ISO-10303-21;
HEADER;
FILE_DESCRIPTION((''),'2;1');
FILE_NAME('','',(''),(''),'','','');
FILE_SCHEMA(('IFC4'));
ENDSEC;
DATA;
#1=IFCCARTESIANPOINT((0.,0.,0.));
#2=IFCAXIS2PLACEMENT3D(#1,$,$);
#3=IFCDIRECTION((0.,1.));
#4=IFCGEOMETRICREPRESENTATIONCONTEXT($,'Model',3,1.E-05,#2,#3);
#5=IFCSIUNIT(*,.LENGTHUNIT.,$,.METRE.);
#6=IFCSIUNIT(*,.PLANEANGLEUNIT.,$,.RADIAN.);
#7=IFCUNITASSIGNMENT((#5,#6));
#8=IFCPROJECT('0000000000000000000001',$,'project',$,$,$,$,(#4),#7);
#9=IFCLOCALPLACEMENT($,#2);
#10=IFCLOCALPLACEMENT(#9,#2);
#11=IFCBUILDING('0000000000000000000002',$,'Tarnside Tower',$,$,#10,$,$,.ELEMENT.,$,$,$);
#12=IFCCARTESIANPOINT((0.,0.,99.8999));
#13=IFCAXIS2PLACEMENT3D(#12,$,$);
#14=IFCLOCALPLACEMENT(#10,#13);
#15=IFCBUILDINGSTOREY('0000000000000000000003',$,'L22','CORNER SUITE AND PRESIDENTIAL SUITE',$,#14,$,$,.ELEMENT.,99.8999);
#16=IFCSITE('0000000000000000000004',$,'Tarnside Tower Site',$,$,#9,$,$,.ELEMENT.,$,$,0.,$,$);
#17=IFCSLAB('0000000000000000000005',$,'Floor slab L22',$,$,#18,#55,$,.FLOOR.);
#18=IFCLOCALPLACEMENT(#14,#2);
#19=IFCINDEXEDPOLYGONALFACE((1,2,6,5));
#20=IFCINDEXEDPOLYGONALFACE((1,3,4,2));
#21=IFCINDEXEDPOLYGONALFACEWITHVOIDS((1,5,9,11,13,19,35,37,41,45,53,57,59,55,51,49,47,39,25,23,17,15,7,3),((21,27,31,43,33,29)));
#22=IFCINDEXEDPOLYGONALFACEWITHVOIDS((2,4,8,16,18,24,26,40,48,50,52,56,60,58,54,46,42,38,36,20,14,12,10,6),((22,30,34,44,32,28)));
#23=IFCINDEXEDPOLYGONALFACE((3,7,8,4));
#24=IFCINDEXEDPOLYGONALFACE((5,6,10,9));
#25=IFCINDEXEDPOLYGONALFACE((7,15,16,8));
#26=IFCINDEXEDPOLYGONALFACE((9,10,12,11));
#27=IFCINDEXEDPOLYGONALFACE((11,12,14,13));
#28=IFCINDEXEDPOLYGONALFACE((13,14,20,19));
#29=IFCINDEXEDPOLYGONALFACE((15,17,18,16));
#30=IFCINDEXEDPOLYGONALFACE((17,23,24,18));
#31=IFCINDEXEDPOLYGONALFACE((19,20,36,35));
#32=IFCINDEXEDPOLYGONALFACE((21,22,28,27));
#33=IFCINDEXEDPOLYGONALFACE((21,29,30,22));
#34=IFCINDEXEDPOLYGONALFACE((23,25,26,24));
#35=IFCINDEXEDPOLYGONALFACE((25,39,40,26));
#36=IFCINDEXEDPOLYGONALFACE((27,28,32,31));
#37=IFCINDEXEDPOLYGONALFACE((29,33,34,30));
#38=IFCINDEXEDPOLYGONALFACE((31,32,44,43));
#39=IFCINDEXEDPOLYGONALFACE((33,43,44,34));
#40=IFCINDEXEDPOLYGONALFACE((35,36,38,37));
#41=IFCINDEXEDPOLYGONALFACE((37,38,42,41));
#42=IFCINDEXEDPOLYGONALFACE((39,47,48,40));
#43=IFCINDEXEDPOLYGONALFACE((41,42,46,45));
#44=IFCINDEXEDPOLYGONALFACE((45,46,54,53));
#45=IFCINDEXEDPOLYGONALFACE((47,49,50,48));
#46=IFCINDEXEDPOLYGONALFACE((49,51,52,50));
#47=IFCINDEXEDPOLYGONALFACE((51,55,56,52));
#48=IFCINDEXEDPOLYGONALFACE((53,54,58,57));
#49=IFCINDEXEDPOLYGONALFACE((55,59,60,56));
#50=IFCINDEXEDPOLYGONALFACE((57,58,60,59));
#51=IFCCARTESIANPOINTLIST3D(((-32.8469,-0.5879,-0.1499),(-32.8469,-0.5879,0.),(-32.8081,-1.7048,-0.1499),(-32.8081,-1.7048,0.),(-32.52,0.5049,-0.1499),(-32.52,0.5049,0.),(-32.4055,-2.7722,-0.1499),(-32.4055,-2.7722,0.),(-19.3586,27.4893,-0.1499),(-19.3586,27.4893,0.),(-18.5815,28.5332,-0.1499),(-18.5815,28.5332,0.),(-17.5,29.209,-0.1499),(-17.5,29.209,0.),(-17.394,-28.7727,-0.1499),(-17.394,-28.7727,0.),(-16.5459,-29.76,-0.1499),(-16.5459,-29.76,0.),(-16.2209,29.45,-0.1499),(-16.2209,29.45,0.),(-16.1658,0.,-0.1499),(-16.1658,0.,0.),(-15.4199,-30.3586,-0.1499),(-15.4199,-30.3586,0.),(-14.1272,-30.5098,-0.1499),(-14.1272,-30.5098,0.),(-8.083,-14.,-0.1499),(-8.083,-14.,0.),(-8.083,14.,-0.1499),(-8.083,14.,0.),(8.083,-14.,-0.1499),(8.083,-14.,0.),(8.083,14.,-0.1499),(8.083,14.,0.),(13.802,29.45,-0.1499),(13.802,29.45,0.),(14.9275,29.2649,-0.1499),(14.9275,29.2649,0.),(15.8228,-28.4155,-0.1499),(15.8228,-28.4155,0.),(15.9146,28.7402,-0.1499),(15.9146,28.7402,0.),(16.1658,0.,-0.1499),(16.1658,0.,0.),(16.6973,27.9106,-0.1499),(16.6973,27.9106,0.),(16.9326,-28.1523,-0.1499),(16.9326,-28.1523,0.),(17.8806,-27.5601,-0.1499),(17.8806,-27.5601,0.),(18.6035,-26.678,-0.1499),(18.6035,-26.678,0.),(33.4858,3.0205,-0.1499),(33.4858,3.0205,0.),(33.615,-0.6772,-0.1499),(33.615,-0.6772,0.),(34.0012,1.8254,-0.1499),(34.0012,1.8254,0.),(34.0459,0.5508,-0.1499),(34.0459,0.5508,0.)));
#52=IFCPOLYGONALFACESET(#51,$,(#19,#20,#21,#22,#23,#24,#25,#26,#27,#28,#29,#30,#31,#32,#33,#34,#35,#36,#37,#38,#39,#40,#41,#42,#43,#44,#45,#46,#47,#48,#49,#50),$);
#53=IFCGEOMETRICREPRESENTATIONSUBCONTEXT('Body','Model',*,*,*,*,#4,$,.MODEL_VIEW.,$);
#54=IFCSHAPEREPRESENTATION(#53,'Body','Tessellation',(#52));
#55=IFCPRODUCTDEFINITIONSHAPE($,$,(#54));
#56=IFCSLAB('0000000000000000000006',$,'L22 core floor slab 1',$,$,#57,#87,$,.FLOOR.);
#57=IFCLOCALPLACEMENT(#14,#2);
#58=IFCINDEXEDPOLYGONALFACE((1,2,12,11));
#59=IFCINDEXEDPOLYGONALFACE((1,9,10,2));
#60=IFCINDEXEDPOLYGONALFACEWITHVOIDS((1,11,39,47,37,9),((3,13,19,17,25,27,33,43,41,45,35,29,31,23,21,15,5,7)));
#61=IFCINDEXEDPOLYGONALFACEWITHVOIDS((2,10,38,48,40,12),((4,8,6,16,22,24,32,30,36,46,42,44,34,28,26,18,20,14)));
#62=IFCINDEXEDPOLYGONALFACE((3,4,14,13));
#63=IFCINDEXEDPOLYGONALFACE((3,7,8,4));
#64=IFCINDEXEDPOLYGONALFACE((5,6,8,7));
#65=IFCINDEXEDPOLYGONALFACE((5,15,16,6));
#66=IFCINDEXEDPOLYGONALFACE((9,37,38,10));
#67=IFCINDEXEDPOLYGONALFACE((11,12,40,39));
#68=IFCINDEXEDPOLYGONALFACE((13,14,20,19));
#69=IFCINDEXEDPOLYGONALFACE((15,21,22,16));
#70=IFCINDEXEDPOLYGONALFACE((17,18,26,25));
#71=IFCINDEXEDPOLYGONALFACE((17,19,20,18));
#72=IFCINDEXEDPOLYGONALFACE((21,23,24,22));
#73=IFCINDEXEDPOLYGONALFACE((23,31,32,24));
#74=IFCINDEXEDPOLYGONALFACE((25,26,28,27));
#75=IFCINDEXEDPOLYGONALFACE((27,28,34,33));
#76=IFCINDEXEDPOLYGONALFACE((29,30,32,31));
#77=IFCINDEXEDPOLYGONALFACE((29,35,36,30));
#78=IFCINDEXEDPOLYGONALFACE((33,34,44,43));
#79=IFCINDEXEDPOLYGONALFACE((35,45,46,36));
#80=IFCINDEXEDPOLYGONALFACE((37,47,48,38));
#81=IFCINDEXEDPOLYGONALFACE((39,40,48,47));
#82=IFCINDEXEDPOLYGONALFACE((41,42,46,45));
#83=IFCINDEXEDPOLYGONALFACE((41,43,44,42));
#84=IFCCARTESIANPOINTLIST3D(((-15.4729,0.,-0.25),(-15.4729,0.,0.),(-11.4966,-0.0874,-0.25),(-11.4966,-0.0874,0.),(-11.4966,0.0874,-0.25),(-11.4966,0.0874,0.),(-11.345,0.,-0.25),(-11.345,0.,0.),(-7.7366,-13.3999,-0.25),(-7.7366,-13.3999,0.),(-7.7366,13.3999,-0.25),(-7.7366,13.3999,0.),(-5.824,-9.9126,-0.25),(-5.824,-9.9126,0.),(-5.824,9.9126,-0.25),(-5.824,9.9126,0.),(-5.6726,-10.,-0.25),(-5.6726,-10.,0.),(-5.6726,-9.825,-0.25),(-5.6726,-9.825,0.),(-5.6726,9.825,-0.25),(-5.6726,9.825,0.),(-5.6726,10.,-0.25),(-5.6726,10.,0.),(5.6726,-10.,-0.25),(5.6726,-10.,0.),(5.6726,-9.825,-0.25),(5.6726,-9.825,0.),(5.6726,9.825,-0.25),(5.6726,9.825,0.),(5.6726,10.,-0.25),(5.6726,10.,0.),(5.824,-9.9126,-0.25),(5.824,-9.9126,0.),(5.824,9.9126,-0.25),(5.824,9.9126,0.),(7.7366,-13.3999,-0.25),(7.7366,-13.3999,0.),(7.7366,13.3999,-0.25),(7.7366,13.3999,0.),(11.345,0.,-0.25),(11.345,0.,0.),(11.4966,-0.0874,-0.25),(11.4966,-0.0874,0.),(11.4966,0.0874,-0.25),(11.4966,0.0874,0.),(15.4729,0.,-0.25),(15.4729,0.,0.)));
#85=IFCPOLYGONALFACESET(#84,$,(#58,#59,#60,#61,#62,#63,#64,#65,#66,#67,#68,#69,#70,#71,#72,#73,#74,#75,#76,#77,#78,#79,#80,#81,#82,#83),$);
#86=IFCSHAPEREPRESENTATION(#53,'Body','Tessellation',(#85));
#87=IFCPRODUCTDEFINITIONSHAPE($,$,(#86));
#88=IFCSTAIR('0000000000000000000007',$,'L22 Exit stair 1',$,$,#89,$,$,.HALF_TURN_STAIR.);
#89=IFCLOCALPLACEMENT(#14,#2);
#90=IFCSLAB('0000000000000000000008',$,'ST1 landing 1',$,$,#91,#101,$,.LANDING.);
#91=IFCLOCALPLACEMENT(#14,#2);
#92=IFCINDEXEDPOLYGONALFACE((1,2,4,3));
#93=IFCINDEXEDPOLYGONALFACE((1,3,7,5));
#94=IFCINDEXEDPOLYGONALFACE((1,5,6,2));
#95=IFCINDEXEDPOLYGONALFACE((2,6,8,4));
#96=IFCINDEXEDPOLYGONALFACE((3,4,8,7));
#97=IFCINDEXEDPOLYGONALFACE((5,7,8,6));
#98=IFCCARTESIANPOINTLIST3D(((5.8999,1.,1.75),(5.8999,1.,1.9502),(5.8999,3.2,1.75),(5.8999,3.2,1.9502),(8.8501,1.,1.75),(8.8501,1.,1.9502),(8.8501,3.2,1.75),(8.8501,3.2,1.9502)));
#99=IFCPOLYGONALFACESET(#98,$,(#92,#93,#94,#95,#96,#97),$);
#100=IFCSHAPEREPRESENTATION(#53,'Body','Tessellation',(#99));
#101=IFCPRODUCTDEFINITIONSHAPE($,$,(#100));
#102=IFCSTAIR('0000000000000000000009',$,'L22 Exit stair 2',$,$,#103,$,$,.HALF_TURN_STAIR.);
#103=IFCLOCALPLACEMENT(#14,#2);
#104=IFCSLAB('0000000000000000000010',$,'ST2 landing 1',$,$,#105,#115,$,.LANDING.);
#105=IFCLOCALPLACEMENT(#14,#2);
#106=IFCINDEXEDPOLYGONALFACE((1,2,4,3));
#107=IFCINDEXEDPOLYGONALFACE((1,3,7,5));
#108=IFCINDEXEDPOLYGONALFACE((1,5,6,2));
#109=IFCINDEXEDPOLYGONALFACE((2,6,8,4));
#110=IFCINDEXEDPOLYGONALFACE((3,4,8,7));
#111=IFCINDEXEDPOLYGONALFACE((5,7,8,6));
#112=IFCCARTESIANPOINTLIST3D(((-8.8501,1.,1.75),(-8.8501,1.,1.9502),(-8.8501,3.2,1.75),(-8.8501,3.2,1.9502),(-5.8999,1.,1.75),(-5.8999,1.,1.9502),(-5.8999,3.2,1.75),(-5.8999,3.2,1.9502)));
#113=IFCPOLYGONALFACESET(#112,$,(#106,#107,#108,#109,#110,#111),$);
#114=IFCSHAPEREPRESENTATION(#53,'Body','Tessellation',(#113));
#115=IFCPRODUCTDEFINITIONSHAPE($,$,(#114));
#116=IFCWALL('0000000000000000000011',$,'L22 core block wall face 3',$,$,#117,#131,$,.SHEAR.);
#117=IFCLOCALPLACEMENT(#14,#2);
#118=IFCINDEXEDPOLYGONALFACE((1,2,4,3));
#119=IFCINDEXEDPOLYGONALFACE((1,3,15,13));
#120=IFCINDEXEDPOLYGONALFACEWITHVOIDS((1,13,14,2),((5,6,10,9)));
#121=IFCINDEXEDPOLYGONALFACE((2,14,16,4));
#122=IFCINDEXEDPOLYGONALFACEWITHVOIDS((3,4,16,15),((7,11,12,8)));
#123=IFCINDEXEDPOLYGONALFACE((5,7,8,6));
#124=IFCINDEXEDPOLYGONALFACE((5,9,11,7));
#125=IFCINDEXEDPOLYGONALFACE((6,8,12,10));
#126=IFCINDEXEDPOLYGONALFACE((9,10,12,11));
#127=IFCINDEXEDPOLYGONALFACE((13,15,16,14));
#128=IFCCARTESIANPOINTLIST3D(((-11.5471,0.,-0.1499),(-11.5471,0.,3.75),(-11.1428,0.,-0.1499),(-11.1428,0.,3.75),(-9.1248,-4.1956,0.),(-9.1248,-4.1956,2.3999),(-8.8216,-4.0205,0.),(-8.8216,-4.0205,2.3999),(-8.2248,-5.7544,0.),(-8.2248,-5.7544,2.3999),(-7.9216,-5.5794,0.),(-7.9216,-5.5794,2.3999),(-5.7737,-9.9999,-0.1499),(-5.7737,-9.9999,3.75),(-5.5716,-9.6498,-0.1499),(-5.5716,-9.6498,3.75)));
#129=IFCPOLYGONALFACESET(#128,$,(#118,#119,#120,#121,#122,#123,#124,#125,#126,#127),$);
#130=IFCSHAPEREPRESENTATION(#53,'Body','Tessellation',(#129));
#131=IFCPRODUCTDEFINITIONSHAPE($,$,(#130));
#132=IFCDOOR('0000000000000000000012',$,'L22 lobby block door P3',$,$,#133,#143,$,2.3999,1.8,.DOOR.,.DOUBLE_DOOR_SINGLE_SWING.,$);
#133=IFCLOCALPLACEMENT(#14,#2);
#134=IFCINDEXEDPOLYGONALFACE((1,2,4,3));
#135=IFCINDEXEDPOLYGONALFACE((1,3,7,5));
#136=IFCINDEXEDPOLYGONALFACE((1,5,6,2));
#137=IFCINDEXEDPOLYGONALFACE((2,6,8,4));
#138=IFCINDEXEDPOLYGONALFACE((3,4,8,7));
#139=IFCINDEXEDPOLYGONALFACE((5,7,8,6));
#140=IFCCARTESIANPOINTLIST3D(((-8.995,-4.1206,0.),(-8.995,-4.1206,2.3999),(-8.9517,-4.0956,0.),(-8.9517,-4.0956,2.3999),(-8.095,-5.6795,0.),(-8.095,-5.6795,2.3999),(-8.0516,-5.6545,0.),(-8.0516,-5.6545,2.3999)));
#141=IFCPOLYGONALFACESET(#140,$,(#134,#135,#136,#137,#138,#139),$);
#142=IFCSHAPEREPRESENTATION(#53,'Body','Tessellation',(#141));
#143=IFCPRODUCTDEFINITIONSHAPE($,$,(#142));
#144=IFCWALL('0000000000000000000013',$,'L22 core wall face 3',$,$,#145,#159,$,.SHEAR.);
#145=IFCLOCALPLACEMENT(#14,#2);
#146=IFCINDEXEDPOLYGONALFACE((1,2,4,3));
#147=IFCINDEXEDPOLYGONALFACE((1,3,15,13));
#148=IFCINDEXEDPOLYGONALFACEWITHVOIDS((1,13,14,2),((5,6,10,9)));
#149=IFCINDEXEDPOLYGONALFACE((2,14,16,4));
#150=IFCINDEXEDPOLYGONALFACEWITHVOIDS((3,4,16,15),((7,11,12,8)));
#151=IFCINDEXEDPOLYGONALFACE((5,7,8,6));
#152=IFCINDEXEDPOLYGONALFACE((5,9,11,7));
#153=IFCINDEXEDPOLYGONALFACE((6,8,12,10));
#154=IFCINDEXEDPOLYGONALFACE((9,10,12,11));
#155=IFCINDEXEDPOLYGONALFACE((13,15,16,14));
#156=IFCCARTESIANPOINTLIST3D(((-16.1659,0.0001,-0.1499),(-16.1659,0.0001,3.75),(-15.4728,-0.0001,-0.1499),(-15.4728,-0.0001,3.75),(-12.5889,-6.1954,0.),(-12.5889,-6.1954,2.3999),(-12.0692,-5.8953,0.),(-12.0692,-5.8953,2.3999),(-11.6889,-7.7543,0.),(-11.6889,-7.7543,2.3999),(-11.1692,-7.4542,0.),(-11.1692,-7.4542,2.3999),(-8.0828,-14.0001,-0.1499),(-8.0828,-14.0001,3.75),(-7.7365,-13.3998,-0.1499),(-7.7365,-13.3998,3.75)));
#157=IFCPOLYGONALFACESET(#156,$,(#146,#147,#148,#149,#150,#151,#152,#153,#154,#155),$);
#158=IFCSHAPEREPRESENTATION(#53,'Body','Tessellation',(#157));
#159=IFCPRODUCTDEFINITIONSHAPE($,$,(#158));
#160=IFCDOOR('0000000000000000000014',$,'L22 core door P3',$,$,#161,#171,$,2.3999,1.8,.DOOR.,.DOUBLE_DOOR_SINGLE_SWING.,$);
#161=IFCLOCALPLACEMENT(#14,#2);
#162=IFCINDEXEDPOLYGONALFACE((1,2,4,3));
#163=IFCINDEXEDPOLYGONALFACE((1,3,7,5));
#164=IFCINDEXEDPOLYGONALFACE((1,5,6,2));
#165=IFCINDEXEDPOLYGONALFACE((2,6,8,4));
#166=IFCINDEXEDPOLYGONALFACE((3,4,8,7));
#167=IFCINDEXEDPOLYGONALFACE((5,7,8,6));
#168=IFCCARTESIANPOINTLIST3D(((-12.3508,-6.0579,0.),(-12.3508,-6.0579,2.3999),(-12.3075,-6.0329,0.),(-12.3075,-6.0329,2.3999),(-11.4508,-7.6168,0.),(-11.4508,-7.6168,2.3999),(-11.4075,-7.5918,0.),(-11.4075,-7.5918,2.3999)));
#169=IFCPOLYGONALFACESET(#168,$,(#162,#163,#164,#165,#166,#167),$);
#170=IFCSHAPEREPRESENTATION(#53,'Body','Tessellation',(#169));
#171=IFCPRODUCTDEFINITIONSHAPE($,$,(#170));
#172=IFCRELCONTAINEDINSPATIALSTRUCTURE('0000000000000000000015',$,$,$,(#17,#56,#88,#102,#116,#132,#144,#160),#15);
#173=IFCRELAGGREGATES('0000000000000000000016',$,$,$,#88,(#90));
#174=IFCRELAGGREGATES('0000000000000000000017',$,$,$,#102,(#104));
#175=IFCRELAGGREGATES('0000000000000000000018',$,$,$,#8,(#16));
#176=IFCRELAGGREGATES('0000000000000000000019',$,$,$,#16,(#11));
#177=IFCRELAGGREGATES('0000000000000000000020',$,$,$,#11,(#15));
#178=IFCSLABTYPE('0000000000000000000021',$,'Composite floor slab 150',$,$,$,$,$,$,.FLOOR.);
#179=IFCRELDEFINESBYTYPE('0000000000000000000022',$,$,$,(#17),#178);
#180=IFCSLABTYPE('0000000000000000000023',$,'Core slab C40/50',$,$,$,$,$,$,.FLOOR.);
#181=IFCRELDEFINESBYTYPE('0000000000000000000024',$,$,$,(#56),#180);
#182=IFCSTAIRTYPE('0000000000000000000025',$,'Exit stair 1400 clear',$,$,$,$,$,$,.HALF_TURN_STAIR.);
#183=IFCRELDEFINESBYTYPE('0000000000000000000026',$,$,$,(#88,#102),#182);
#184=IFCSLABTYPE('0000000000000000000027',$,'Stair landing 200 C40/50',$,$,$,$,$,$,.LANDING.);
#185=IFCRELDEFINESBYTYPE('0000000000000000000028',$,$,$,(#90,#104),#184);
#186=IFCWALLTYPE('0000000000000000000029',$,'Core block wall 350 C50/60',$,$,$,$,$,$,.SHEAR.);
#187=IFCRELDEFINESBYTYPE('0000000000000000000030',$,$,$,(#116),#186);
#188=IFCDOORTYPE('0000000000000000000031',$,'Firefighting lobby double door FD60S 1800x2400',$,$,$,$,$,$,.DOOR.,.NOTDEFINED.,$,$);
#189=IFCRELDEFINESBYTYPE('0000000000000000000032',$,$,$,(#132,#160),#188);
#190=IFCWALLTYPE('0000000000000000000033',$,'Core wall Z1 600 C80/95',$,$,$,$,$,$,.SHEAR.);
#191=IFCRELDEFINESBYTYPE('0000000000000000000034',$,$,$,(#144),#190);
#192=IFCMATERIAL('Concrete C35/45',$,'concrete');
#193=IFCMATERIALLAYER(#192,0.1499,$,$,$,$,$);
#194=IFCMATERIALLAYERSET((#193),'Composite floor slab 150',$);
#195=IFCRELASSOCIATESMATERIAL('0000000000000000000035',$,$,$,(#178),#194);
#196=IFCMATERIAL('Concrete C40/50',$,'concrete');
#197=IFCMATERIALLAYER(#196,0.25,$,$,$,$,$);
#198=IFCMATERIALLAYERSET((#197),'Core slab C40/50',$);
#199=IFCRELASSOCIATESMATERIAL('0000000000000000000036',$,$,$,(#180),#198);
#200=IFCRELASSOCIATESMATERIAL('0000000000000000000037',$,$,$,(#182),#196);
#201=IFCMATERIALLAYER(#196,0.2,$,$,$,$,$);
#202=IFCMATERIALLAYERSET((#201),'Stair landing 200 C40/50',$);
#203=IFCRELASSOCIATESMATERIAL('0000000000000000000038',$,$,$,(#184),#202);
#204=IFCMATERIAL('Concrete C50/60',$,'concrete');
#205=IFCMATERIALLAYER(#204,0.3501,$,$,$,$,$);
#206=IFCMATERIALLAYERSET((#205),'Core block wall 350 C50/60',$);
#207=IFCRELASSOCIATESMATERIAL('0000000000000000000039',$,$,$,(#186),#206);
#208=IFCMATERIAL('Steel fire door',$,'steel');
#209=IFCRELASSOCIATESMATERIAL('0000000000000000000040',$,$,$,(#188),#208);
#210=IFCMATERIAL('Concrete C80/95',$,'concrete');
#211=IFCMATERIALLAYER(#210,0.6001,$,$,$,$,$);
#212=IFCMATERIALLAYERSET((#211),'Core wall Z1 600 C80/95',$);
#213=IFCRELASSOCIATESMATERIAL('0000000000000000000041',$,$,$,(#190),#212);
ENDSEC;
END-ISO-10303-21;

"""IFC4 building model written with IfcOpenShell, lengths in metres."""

from ifc_helpers import new_model, si_unit, direction, frame, frame_2d, origin, place, context, subcontext, project, spatial, polyline, rectangle, outline, extrude, material, layer, layer_set, type_object, element, fill, aggregate, save


model = new_model("IFC4")

# Units and contexts
model_context = context("Model", 3, precision=1e-05, world=origin(), true_north=direction((0.0, 1.0)))
body_context = subcontext(model_context, "Body", "Model", "MODEL_VIEW")
ifc_project = project(units=[si_unit("LENGTHUNIT", "METRE"), si_unit("PLANEANGLEUNIT", "RADIAN")], contexts=[model_context])

# Site, building, storey
site_placement = place(None, origin())
site = spatial("IfcSite", under=ifc_project, at=site_placement, Name="Tarnside Tower Site", CompositionType="ELEMENT", RefElevation=0.0)
building_placement = place(site_placement, origin())
building = spatial("IfcBuilding", under=site, at=building_placement, Name="Tarnside Tower", CompositionType="ELEMENT")
storey_placement = place(building_placement, frame((0.0, 0.0, 99.8999)))
storey = spatial("IfcBuildingStorey", under=building, at=storey_placement, Name="L22", Description="CORNER SUITE AND PRESIDENTIAL SUITE", CompositionType="ELEMENT", Elevation=99.8999)

# Slabs
ifc_material_1 = material(Name="Concrete C35/45", Category="concrete")
ifc_layer_1 = layer(ifc_material_1, 0.1499)
ifc_layer_set_1 = layer_set([ifc_layer_1], Name="Composite floor slab 150")
slab_type_1 = type_object("IfcSlabType", Name="Composite floor slab 150", PredefinedType="FLOOR", material=ifc_layer_set_1)
slab_1_placement = place(storey_placement, frame((0.0, 0.0, -0.1499)))
element("IfcSlab", 1, at=slab_1_placement, inside=storey, type_object=slab_type_1, Name="Floor slab L22", PredefinedType="FLOOR", context=body_context, shape_type="SweptSolid", body=[
    extrude(outline(polyline([(14.9275, 29.2649), (15.9146, 28.7402), (16.6973, 27.9106), (33.4858, 3.0205), (34.0012, 1.8254), (34.0459, 0.5508), (33.615, -0.6772), (18.6035, -26.678), (17.8806, -27.5601), (16.9326, -28.1523), (15.8228, -28.4155), (-14.1272, -30.5098), (-15.4199, -30.3586), (-16.5459, -29.76), (-17.394, -28.7727), (-32.4055, -2.7722), (-32.8081, -1.7048), (-32.8469, -0.5879), (-32.52, 0.5049), (-19.3586, 27.4893), (-18.5815, 28.5332), (-17.5, 29.209), (-16.2209, 29.45), (13.802, 29.45), (14.9275, 29.2649)]), holes=[polyline([(-16.1658, 0.0), (-8.083, -14.0), (8.083, -14.0), (16.1658, 0.0), (8.083, 14.0), (-8.083, 14.0), (-16.1658, 0.0)])]), origin(), (0.0, 0.0, 1.0), 0.1499),
])
ifc_material_2 = material(Name="Concrete C40/50", Category="concrete")
ifc_layer_2 = layer(ifc_material_2, 0.25)
ifc_layer_set_2 = layer_set([ifc_layer_2], Name="Core slab C40/50")
slab_type_2 = type_object("IfcSlabType", Name="Core slab C40/50", PredefinedType="FLOOR", material=ifc_layer_set_2)
slab_2_placement = place(storey_placement, frame((0.0, 0.0, -0.25)))
element("IfcSlab", 2, at=slab_2_placement, inside=storey, type_object=slab_type_2, Name="L22 core floor slab 1", PredefinedType="FLOOR", context=body_context, shape_type="SweptSolid", body=[
    extrude(outline(polyline([(-15.4729, 0.0), (-7.7366, 13.3999), (7.7366, 13.3999), (15.4729, 0.0), (7.7366, -13.3999), (-7.7366, -13.3999), (-15.4729, 0.0)]), holes=[polyline([(5.824, -9.9126), (11.4966, -0.0874), (11.345, 0.0), (11.4966, 0.0874), (5.824, 9.9126), (5.6726, 9.825), (5.6726, 10.0), (-5.6726, 10.0), (-5.6726, 9.825), (-5.824, 9.9126), (-11.4966, 0.0874), (-11.345, 0.0), (-11.4966, -0.0874), (-5.824, -9.9126), (-5.6726, -9.825), (-5.6726, -10.0), (5.6726, -10.0), (5.6726, -9.825), (5.824, -9.9126)])]), origin(), (0.0, 0.0, 1.0), 0.25),
])

# Stairs, slabs
stair_type = type_object("IfcStairType", Name="Exit stair 1400 clear", PredefinedType="HALF_TURN_STAIR", material=ifc_material_2)
stair_1_placement = place(storey_placement, origin())
stair_1 = element("IfcStair", 3, at=stair_1_placement, inside=storey, type_object=stair_type, Name="L22 Exit stair 1", PredefinedType="HALF_TURN_STAIR")
ifc_layer_3 = layer(ifc_material_2, 0.2)
ifc_layer_set_3 = layer_set([ifc_layer_3], Name="Stair landing 200 C40/50")
slab_type_3 = type_object("IfcSlabType", Name="Stair landing 200 C40/50", PredefinedType="LANDING", material=ifc_layer_set_3)
slab_3_placement = place(storey_placement, frame((0.0, 0.0, 1.75)))
slab_3 = element("IfcSlab", 4, at=slab_3_placement, type_object=slab_type_3, Name="ST1 landing 1", PredefinedType="LANDING", context=body_context, shape_type="SweptSolid", body=[
    extrude(outline(polyline([(8.8501, 1.0), (8.8501, 3.2), (5.8999, 3.2), (5.8999, 1.0), (8.8501, 1.0)])), origin(), (0.0, 0.0, 1.0), 0.2002),
])
aggregate(stair_1, [slab_3])
stair_2_placement = place(storey_placement, origin())
stair_2 = element("IfcStair", 5, at=stair_2_placement, inside=storey, type_object=stair_type, Name="L22 Exit stair 2", PredefinedType="HALF_TURN_STAIR")
slab_4_placement = place(storey_placement, frame((0.0, 0.0, 1.75)))
slab_4 = element("IfcSlab", 6, at=slab_4_placement, type_object=slab_type_3, Name="ST2 landing 1", PredefinedType="LANDING", context=body_context, shape_type="SweptSolid", body=[
    extrude(outline(polyline([(-5.8999, 1.0), (-5.8999, 3.2), (-8.8501, 3.2), (-8.8501, 1.0), (-5.8999, 1.0)])), origin(), (0.0, 0.0, 1.0), 0.2002),
])

# Walls, openings, doors
ifc_material_3 = material(Name="Concrete C50/60", Category="concrete")
ifc_layer_4 = layer(ifc_material_3, 0.3501)
ifc_layer_set_4 = layer_set([ifc_layer_4], Name="Core block wall 350 C50/60")
wall_type_1 = type_object("IfcWallType", Name="Core block wall 350 C50/60", PredefinedType="SHEAR", material=ifc_layer_set_4)
wall_1_placement = place(storey_placement, frame((-11.345, 0.0, -0.1499), z_axis=(0.0, 0.0, 1.0), x_axis=(0.499995, -0.866028, 0.0)))
wall_1 = element("IfcWall", 7, at=wall_1_placement, inside=storey, type_object=wall_type_1, Name="L22 core block wall face 3", PredefinedType="SHEAR", context=body_context, shape_type="SweptSolid", body=[
    extrude(outline(polyline([(-0.1011, -0.175), (11.4458, -0.175), (11.2437, 0.175), (0.1011, 0.175), (-0.1011, -0.175)])), origin(), (0.0, 0.0, 1.0), 3.8999),
])
opening_1_placement = place(wall_1_placement, frame((4.7437, 0.0, 0.1499)))
opening_1 = element("IfcOpeningElement", 8, at=opening_1_placement, cuts=wall_1, PredefinedType="OPENING", context=body_context, shape_type="SweptSolid", body=[
    extrude(rectangle(XDim=1.8, YDim=2.3999, at=frame_2d((0.8999, 1.2))), frame((0.0, 0.1851, 0.0), z_axis=(0.0, -1.0, 0.0), x_axis=(1.0, 0.0, 0.0)), (0.0, 0.0, 1.0), 0.3701),
])
ifc_material_4 = material(Name="Steel fire door", Category="steel")
door_type = type_object("IfcDoorType", Name="Firefighting lobby double door FD60S 1800x2400", OperationType="NOTDEFINED", PredefinedType="DOOR", material=ifc_material_4)
door_1_placement = place(opening_1_placement, origin())
door_1 = element("IfcDoor", 9, at=door_1_placement, inside=storey, type_object=door_type, Name="L22 lobby block door P3", OperationType="DOUBLE_DOOR_SINGLE_SWING", OverallHeight=2.3999, OverallWidth=1.8, PredefinedType="DOOR", context=body_context, shape_type="SweptSolid", body=[
    extrude(rectangle(XDim=1.8, YDim=2.3999, at=frame_2d((0.8999, 1.2))), frame((0.0, 0.0249, 0.0), z_axis=(0.0, -1.0, 0.0), x_axis=(1.0, 0.0, 0.0)), (0.0, 0.0, 1.0), 0.05),
])
fill(opening_1, door_1)
ifc_material_5 = material(Name="Concrete C80/95", Category="concrete")
ifc_layer_5 = layer(ifc_material_5, 0.6001)
ifc_layer_set_5 = layer_set([ifc_layer_5], Name="Core wall Z1 600 C80/95")
wall_type_2 = type_object("IfcWallType", Name="Core wall Z1 600 C80/95", PredefinedType="SHEAR", material=ifc_layer_set_5)
wall_2_placement = place(storey_placement, frame((-15.8193, 0.0, -0.1499), z_axis=(0.0, 0.0, 1.0), x_axis=(0.5, -0.866025, 0.0)))
wall_2 = element("IfcWall", 10, at=wall_2_placement, inside=storey, type_object=wall_type_2, Name="L22 core wall face 3", PredefinedType="SHEAR", context=body_context, shape_type="SweptSolid", body=[
    extrude(outline(polyline([(-0.1733, -0.3), (15.9927, -0.3), (15.646, 0.3), (0.1733, 0.3), (-0.1733, -0.3)])), origin(), (0.0, 0.0, 1.0), 3.8999),
])
opening_2_placement = place(wall_2_placement, frame((6.9807, 0.0, 0.1499)))
opening_2 = element("IfcOpeningElement", 11, at=opening_2_placement, cuts=wall_2, PredefinedType="OPENING", context=body_context, shape_type="SweptSolid", body=[
    extrude(rectangle(XDim=1.8, YDim=2.3999, at=frame_2d((0.8999, 1.2))), frame((0.0, 0.3101, 0.0), z_axis=(0.0, -1.0, 0.0), x_axis=(1.0, 0.0, 0.0)), (0.0, 0.0, 1.0), 0.6201),
])
door_2_placement = place(opening_2_placement, origin())
door_2 = element("IfcDoor", 12, at=door_2_placement, inside=storey, type_object=door_type, Name="L22 core door P3", OperationType="DOUBLE_DOOR_SINGLE_SWING", OverallHeight=2.3999, OverallWidth=1.8, PredefinedType="DOOR", context=body_context, shape_type="SweptSolid", body=[
    extrude(rectangle(XDim=1.8, YDim=2.3999, at=frame_2d((0.8999, 1.2))), frame((0.0, 0.0249, 0.0), z_axis=(0.0, -1.0, 0.0), x_axis=(1.0, 0.0, 0.0)), (0.0, 0.0, 1.0), 0.05),
])
fill(opening_2, door_2)

aggregate(stair_2, [slab_4])

save(model, "model.ifc")
